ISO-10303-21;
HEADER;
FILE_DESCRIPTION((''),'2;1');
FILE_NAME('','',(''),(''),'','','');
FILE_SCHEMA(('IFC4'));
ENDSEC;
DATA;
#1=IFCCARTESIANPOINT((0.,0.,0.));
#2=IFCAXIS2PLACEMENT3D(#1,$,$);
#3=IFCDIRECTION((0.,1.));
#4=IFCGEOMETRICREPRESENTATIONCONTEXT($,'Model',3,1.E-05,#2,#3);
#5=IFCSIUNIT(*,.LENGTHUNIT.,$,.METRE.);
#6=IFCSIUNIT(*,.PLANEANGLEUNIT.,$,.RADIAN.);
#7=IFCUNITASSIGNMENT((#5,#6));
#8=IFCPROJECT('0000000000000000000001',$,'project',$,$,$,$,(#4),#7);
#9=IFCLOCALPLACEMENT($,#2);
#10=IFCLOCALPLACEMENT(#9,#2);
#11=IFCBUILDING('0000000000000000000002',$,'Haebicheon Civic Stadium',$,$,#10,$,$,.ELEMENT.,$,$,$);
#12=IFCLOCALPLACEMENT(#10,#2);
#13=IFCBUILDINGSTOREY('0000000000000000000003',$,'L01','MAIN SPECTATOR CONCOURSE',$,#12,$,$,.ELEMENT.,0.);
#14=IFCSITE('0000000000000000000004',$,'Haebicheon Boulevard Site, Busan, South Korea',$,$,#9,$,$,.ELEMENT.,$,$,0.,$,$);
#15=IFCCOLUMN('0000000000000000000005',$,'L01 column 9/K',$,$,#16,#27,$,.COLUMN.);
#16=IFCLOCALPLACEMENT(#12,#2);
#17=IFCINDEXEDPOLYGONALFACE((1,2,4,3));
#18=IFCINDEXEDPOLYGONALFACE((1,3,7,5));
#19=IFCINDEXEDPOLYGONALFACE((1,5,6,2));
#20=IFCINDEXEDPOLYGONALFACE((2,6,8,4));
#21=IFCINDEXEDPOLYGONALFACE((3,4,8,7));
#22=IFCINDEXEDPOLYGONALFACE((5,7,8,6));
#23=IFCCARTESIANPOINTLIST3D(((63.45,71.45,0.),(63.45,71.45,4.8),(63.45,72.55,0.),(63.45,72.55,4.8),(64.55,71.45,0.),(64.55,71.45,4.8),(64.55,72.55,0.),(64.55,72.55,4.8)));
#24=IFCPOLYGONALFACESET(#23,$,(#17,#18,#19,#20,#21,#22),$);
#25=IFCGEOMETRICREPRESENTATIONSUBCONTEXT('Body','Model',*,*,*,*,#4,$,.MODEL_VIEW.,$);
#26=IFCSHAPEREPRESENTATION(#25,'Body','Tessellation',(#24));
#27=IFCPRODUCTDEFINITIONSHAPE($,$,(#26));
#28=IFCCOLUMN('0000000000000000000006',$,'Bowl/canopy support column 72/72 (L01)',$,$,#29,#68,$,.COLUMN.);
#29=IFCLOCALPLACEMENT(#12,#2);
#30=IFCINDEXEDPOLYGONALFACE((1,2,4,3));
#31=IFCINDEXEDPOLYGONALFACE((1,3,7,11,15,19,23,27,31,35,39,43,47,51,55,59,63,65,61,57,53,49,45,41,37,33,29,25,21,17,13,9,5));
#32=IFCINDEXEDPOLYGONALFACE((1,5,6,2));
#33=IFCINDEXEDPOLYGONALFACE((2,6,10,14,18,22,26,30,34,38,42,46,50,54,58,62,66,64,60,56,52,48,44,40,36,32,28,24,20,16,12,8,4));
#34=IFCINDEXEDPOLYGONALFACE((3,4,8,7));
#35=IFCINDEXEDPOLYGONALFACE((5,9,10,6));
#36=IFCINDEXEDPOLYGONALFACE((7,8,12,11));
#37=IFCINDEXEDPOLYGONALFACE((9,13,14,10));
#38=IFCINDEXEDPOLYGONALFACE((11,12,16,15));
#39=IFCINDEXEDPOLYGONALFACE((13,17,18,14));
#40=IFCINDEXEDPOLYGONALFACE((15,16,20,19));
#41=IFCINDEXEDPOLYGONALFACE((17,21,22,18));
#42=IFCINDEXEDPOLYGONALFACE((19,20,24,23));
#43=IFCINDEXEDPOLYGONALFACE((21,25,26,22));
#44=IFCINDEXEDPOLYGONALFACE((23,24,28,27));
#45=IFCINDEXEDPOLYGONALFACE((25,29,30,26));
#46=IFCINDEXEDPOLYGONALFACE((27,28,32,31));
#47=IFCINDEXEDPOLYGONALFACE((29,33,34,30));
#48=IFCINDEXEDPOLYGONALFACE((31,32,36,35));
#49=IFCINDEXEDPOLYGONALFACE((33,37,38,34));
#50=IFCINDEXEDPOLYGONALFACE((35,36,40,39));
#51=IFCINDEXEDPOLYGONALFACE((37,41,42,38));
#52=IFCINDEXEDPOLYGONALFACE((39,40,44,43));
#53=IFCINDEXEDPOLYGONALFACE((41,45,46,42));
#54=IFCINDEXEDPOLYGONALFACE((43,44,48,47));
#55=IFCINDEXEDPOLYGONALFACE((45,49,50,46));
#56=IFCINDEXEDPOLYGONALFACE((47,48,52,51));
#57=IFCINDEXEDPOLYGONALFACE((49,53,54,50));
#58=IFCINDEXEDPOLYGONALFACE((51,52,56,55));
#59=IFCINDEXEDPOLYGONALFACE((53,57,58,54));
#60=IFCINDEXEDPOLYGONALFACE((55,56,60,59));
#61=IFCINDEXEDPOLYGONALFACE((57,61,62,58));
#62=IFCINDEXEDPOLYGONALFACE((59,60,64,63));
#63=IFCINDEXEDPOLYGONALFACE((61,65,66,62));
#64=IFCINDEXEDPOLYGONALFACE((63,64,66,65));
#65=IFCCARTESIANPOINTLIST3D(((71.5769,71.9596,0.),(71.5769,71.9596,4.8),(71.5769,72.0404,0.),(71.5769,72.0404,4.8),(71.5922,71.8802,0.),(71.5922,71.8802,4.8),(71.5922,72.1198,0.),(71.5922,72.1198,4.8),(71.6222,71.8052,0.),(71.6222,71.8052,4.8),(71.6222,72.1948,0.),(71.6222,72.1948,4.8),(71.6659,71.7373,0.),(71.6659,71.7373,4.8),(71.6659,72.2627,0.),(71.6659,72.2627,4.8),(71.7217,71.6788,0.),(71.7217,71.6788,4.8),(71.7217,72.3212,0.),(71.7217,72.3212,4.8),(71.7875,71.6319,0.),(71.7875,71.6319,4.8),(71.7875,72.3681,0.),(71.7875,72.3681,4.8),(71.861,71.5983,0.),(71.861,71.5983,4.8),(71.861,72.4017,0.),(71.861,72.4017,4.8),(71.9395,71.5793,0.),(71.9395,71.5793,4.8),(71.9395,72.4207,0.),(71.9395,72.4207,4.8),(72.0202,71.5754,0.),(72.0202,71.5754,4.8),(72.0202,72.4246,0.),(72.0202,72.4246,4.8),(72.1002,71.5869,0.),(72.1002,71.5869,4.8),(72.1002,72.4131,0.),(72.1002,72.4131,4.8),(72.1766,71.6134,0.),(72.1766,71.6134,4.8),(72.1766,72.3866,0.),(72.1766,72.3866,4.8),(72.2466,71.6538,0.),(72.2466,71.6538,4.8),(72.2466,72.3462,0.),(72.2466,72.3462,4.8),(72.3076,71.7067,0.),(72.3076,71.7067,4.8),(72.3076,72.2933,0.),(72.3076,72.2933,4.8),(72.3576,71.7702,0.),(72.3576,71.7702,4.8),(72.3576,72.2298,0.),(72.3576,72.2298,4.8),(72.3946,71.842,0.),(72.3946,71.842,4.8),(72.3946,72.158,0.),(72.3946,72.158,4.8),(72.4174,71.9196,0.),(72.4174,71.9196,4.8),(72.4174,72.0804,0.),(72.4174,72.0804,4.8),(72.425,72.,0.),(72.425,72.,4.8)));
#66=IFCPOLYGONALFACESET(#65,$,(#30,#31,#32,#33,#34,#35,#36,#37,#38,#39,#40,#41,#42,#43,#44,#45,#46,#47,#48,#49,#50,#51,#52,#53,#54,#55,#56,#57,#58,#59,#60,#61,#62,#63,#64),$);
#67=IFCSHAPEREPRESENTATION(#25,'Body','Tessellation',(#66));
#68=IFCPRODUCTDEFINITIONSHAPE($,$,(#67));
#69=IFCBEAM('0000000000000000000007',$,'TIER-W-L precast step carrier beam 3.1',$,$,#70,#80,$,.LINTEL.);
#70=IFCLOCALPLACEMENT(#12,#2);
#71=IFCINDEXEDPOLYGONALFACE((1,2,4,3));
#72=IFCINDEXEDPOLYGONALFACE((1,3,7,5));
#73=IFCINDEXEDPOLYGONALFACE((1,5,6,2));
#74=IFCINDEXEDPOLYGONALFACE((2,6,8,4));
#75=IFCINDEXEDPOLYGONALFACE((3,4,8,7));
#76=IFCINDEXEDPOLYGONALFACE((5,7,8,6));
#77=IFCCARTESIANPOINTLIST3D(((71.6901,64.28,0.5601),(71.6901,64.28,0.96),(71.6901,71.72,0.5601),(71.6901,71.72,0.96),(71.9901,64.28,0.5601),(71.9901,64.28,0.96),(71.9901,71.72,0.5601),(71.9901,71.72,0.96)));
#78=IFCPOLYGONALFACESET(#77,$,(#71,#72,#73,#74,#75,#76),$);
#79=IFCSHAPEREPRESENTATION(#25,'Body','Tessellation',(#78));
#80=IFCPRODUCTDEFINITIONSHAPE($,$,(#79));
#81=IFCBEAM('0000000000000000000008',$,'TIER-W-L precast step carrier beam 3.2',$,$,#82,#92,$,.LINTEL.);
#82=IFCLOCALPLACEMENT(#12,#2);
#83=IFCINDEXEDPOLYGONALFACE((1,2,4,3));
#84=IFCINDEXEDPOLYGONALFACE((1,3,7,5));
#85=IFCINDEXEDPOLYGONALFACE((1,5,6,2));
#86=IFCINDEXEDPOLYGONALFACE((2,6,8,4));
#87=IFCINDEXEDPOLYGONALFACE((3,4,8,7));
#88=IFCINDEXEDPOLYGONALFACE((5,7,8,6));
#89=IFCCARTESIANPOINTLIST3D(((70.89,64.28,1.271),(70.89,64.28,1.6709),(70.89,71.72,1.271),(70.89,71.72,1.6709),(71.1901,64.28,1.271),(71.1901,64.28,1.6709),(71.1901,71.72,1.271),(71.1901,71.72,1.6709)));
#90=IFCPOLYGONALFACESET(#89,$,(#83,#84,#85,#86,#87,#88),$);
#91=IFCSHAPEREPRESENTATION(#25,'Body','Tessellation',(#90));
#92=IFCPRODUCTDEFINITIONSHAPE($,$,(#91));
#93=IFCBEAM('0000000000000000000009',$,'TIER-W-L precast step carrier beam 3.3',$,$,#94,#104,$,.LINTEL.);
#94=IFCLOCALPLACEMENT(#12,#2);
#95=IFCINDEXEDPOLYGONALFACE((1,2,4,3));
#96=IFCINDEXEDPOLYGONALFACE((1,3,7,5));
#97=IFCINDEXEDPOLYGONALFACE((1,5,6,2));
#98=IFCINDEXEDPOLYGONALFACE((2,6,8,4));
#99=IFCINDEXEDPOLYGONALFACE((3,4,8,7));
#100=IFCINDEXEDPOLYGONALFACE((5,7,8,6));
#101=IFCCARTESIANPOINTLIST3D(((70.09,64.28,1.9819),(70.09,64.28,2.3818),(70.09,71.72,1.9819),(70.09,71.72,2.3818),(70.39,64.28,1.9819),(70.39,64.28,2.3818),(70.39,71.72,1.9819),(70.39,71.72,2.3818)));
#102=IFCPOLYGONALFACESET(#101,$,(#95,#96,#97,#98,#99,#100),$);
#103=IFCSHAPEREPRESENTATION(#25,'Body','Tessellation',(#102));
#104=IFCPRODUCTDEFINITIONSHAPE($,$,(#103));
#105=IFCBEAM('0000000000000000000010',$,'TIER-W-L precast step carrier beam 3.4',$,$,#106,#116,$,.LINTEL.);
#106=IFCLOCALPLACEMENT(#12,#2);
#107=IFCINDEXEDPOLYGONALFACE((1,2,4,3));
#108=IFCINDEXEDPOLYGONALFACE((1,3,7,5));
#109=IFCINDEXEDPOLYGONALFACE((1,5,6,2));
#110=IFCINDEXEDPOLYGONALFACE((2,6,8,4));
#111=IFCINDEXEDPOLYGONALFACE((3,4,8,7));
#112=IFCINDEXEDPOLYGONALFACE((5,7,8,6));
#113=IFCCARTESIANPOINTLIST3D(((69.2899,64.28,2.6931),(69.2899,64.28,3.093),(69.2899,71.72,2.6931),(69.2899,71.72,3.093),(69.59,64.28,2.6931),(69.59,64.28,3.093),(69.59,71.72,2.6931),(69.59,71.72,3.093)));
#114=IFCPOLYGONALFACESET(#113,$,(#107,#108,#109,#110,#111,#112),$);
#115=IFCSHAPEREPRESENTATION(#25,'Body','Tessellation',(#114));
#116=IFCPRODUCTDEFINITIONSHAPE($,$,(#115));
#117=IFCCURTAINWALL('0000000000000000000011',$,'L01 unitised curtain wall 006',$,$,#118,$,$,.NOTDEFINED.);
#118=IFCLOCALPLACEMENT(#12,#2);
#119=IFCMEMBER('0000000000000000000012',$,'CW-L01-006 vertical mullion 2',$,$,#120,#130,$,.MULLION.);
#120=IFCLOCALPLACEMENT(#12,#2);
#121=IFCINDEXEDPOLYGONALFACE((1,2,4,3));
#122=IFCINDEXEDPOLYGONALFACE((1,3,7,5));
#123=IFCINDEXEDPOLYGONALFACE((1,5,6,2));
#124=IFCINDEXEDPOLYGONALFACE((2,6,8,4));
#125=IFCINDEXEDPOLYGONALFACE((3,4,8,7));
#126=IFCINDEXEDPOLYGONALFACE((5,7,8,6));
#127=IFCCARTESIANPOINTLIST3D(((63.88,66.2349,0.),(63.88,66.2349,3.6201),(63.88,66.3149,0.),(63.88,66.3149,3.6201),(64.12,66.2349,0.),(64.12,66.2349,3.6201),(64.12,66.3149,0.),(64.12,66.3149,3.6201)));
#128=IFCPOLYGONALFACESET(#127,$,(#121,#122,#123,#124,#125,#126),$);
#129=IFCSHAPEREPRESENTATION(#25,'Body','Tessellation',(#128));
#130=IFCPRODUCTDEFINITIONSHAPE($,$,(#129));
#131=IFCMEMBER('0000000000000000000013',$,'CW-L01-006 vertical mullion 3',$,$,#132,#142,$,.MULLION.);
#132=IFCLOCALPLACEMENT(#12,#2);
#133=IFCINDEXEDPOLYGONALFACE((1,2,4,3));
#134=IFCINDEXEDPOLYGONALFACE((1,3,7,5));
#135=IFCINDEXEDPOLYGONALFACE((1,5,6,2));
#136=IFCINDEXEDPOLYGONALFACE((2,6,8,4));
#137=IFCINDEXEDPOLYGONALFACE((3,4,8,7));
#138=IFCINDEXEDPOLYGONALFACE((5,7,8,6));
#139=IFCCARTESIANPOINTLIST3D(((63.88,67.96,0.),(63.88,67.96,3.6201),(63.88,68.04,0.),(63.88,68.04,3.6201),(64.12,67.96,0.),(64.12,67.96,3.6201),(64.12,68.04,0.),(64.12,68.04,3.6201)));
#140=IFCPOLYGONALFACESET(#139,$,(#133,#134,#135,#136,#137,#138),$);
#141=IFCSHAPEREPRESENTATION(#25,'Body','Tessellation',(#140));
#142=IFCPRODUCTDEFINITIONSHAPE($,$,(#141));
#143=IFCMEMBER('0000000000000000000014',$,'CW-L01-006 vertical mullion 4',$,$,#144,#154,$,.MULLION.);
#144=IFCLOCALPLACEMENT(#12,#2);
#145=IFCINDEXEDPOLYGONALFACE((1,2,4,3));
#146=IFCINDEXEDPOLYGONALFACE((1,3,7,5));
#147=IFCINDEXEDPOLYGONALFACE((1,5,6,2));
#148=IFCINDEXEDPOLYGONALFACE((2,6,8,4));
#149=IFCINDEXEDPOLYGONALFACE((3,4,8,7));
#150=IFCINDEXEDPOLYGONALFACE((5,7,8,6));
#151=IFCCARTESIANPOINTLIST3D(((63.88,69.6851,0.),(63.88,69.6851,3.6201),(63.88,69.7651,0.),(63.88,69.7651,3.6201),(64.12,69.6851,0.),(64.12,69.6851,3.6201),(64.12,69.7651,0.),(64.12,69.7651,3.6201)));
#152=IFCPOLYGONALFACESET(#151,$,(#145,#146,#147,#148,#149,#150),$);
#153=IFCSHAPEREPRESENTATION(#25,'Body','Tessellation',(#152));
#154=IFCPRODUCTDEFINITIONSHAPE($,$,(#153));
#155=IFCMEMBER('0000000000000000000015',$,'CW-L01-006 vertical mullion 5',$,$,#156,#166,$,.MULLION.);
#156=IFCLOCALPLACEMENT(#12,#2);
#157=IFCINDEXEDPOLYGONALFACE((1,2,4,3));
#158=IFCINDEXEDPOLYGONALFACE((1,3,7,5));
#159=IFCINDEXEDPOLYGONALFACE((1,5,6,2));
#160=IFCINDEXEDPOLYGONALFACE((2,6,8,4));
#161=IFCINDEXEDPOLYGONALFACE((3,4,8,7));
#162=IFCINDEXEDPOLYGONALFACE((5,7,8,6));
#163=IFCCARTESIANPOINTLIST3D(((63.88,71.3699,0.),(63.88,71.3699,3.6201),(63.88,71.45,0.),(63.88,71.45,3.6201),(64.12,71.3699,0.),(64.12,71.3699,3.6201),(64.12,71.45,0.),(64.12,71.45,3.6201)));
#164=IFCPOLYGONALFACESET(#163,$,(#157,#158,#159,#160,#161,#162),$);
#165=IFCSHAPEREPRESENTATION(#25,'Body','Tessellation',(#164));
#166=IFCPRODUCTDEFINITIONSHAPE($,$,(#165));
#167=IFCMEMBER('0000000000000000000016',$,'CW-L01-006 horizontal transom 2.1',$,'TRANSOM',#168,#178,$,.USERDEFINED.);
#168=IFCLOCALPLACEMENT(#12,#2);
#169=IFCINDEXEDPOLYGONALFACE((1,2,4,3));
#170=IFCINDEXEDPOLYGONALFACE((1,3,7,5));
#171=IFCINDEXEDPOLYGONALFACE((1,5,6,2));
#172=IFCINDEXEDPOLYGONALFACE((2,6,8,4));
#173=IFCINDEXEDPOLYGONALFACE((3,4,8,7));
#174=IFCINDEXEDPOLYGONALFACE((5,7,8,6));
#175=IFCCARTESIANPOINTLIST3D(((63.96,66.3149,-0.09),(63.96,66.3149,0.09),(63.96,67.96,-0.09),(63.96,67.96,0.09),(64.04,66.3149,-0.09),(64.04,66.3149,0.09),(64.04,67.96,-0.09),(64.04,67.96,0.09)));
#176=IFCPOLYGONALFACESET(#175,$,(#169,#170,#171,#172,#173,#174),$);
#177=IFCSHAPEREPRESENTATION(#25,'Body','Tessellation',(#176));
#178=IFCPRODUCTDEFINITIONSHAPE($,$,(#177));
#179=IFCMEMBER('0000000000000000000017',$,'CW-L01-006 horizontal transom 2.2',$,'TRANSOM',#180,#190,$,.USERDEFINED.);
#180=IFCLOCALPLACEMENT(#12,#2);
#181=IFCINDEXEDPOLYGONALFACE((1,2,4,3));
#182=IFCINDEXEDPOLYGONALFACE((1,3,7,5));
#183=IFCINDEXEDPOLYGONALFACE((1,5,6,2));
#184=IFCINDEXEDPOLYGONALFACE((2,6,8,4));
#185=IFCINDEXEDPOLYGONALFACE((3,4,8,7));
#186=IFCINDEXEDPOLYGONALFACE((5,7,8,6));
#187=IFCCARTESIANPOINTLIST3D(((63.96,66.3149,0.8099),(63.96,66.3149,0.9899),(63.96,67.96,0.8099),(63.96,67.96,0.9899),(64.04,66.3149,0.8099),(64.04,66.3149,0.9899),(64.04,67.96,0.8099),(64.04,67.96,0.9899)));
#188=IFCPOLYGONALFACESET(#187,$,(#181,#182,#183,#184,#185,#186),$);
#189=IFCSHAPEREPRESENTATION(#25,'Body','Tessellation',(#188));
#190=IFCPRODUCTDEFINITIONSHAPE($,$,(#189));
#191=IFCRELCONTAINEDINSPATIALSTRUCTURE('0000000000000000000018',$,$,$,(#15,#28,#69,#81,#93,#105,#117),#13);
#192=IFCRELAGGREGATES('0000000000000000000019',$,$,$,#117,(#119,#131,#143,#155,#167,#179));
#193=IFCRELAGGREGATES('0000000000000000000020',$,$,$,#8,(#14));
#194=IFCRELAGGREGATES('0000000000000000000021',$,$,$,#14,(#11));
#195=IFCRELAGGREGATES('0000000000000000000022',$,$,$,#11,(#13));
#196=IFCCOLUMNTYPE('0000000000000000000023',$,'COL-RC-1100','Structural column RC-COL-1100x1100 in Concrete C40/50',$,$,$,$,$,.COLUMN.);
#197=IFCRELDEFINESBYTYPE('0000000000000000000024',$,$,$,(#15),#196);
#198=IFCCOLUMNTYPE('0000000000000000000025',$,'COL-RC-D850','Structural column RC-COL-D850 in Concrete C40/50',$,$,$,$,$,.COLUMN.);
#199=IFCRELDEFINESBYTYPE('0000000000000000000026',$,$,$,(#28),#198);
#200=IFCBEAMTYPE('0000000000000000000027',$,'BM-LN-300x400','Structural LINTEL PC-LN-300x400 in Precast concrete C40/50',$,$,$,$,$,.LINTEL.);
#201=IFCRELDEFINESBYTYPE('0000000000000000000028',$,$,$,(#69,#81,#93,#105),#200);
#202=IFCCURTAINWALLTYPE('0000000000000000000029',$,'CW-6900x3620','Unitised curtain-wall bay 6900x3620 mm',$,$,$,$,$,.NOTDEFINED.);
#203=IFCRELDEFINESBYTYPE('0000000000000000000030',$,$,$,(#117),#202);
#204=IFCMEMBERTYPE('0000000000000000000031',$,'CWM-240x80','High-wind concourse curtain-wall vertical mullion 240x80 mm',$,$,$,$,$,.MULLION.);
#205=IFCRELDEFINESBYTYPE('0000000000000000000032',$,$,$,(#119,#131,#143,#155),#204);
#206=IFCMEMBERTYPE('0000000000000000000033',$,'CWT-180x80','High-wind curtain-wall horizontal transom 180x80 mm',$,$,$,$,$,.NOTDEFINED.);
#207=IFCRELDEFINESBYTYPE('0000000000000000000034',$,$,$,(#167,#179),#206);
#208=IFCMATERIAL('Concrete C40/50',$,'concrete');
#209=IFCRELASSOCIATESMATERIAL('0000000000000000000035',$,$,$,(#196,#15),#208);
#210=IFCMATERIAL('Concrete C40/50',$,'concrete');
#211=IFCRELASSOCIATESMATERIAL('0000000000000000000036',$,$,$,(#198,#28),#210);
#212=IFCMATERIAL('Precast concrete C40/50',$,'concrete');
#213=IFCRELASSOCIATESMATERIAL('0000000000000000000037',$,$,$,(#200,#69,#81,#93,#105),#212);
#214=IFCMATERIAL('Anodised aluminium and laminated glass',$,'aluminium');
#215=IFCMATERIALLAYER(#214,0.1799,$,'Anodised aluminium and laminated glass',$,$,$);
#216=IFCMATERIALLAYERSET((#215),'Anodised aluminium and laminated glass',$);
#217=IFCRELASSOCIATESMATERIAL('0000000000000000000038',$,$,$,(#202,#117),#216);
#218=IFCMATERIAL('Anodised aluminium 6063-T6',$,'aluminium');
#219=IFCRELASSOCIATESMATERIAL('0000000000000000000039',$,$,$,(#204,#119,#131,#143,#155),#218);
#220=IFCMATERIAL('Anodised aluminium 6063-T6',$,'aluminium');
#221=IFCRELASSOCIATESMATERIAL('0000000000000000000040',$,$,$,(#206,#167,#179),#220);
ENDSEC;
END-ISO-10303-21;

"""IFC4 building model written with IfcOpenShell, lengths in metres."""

from ifc_helpers import new_model, si_unit, direction, frame, origin, origin_2d, place, context, subcontext, project, spatial, rectangle, circle, extrude, material, layer, layer_set, material_profile, profile_set, type_object, element, aggregate, save


model = new_model("IFC4")

# Units and contexts
model_context = context("Model", 3, precision=1e-05, world=origin(), true_north=direction((0.0, 1.0)))
body_context = subcontext(model_context, "Body", "Model", "MODEL_VIEW")
ifc_project = project(units=[si_unit("LENGTHUNIT", "METRE"), si_unit("PLANEANGLEUNIT", "RADIAN")], contexts=[model_context])

# Site, building, storey
site_placement = place(None, origin())
site = spatial("IfcSite", under=ifc_project, at=site_placement, Name="Haebicheon Boulevard Site, Busan, South Korea", CompositionType="ELEMENT", RefElevation=0.0)
building_placement = place(site_placement, origin())
building = spatial("IfcBuilding", under=site, at=building_placement, Name="Haebicheon Civic Stadium", CompositionType="ELEMENT")
storey_placement = place(building_placement, origin())
storey = spatial("IfcBuildingStorey", under=building, at=storey_placement, Name="L01", Description="MAIN SPECTATOR CONCOURSE", CompositionType="ELEMENT", Elevation=0.0)

# Columns
ifc_material_1 = material(Name="Concrete C40/50", Category="concrete")
ifc_material_profile_1 = material_profile(ifc_material_1, rectangle(XDim=1.1001, YDim=1.1001, at=origin_2d()), Name="RC-COL-1100x1100")
ifc_profile_set_1 = profile_set([ifc_material_profile_1], Name="Concrete C40/50")
column_type_1 = type_object("IfcColumnType", Name="COL-RC-1100", Description="Structural column RC-COL-1100x1100 in Concrete C40/50", PredefinedType="COLUMN", material=ifc_profile_set_1)
column_1_placement = place(storey_placement, frame((64.0, 72.0, 0.0), z_axis=(0.0, 0.0, 1.0), x_axis=(1.0, 0.0, 0.0)))
element("IfcColumn", 1, at=column_1_placement, inside=storey, type_object=column_type_1, material=ifc_profile_set_1, Name="L01 column 9/K", PredefinedType="COLUMN", context=body_context, shape_type="SweptSolid", body=[
    extrude(rectangle(XDim=1.1001, YDim=1.1001, at=origin_2d()), origin(), (0.0, 0.0, 1.0), 4.8),
])
ifc_material_2 = material(Name="Concrete C40/50", Category="concrete")
ifc_material_profile_2 = material_profile(ifc_material_2, circle(Radius=0.425, at=origin_2d()), Name="RC-COL-D850")
ifc_profile_set_2 = profile_set([ifc_material_profile_2], Name="Concrete C40/50")
column_type_2 = type_object("IfcColumnType", Name="COL-RC-D850", Description="Structural column RC-COL-D850 in Concrete C40/50", PredefinedType="COLUMN", material=ifc_profile_set_2)
column_2_placement = place(storey_placement, frame((72.0, 72.0, 0.0), z_axis=(0.0, 0.0, 1.0), x_axis=(1.0, 0.0, 0.0)))
element("IfcColumn", 2, at=column_2_placement, inside=storey, type_object=column_type_2, material=ifc_profile_set_2, Name="Bowl/canopy support column 72/72 (L01)", PredefinedType="COLUMN", context=body_context, shape_type="SweptSolid", body=[
    extrude(circle(Radius=0.425, at=origin_2d()), origin(), (0.0, 0.0, 1.0), 4.8),
])

# Beams
ifc_material_3 = material(Name="Precast concrete C40/50", Category="concrete")
ifc_material_profile_3 = material_profile(ifc_material_3, rectangle(XDim=0.3, YDim=0.3999, at=origin_2d()), Name="PC-LN-300x400")
ifc_profile_set_3 = profile_set([ifc_material_profile_3], Name="Precast concrete C40/50")
beam_type_1 = type_object("IfcBeamType", Name="BM-LN-300x400", Description="Structural LINTEL PC-LN-300x400 in Precast concrete C40/50", PredefinedType="LINTEL", material=ifc_profile_set_3)
for number, where, z_axis, x_axis, name in (
    (3, (71.8401, 64.28, 0.76), (0.0, 1.0, 0.0), (-1.0, 0.0, 0.0), "TIER-W-L precast step carrier beam 3.1"),
    (4, (71.04, 64.28, 1.4709), (0.0, 1.0, 0.0), (-1.0, 0.0, 0.0), "TIER-W-L precast step carrier beam 3.2"),
    (5, (70.24, 64.28, 2.1819), (0.0, 1.0, 0.0), (-1.0, 0.0, 0.0), "TIER-W-L precast step carrier beam 3.3"),
    (6, (69.4399, 64.28, 2.8931), (0.0, 1.0, 0.0), (-1.0, 0.0, 0.0), "TIER-W-L precast step carrier beam 3.4"),
):
    element("IfcBeam", number, at=place(storey_placement, frame(where, z_axis=z_axis, x_axis=x_axis)), inside=storey, type_object=beam_type_1, material=ifc_profile_set_3, Name=name, PredefinedType="LINTEL", context=body_context, shape_type="SweptSolid", body=[
        extrude(rectangle(XDim=0.3, YDim=0.3999, at=origin_2d()), origin(), (0.0, 0.0, 1.0), 7.4399),
    ])

# Curtain wall, members
ifc_material_4 = material(Name="Anodised aluminium and laminated glass", Category="aluminium")
ifc_layer_1 = layer(ifc_material_4, 0.1799, Name="Anodised aluminium and laminated glass")
ifc_layer_set_1 = layer_set([ifc_layer_1], Name="Anodised aluminium and laminated glass")
curtain_wall_type = type_object("IfcCurtainWallType", Name="CW-6900x3620", Description="Unitised curtain-wall bay 6900x3620 mm", PredefinedType="NOTDEFINED", material=ifc_layer_set_1)
curtain_wall_placement = place(storey_placement, origin())
curtain_wall = element("IfcCurtainWall", 7, at=curtain_wall_placement, inside=storey, type_object=curtain_wall_type, material=ifc_layer_set_1, Name="L01 unitised curtain wall 006", PredefinedType="NOTDEFINED")
ifc_material_5 = material(Name="Anodised aluminium 6063-T6", Category="aluminium")
ifc_material_profile_4 = material_profile(ifc_material_5, rectangle(XDim=0.0801, YDim=0.24, at=origin_2d()), Name="ALU-MULL-80x240")
ifc_profile_set_4 = profile_set([ifc_material_profile_4], Name="Anodised aluminium 6063-T6")
member_type_1 = type_object("IfcMemberType", Name="CWM-240x80", Description="High-wind concourse curtain-wall vertical mullion 240x80 mm", PredefinedType="MULLION", material=ifc_profile_set_4)
member_1_placement = place(storey_placement, frame((64.0, 66.2749, 0.0), z_axis=(0.0, 0.0, 1.0), x_axis=(0.0, 1.0, 0.0)))
member_1 = element("IfcMember", 8, at=member_1_placement, type_object=member_type_1, material=ifc_profile_set_4, Name="CW-L01-006 vertical mullion 2", PredefinedType="MULLION", context=body_context, shape_type="SweptSolid", body=[
    extrude(rectangle(XDim=0.0801, YDim=0.24, at=origin_2d()), origin(), (0.0, 0.0, 1.0), 3.6201),
])
member_2_placement = place(storey_placement, frame((64.0, 68.0, 0.0), z_axis=(0.0, 0.0, 1.0), x_axis=(0.0, 1.0, 0.0)))
member_2 = element("IfcMember", 9, at=member_2_placement, type_object=member_type_1, material=ifc_profile_set_4, Name="CW-L01-006 vertical mullion 3", PredefinedType="MULLION", context=body_context, shape_type="SweptSolid", body=[
    extrude(rectangle(XDim=0.0801, YDim=0.24, at=origin_2d()), origin(), (0.0, 0.0, 1.0), 3.6201),
])
member_3_placement = place(storey_placement, frame((64.0, 69.7251, 0.0), z_axis=(0.0, 0.0, 1.0), x_axis=(0.0, 1.0, 0.0)))
member_3 = element("IfcMember", 10, at=member_3_placement, type_object=member_type_1, material=ifc_profile_set_4, Name="CW-L01-006 vertical mullion 4", PredefinedType="MULLION", context=body_context, shape_type="SweptSolid", body=[
    extrude(rectangle(XDim=0.0801, YDim=0.24, at=origin_2d()), origin(), (0.0, 0.0, 1.0), 3.6201),
])
member_4_placement = place(storey_placement, frame((64.0, 71.4099, 0.0), z_axis=(0.0, 0.0, 1.0), x_axis=(0.0, 1.0, 0.0)))
member_4 = element("IfcMember", 11, at=member_4_placement, type_object=member_type_1, material=ifc_profile_set_4, Name="CW-L01-006 vertical mullion 5", PredefinedType="MULLION", context=body_context, shape_type="SweptSolid", body=[
    extrude(rectangle(XDim=0.0801, YDim=0.24, at=origin_2d()), origin(), (0.0, 0.0, 1.0), 3.6201),
])
ifc_material_6 = material(Name="Anodised aluminium 6063-T6", Category="aluminium")
ifc_material_profile_5 = material_profile(ifc_material_6, rectangle(XDim=0.0801, YDim=0.1799, at=origin_2d()), Name="ALU-TRAN-80x180")
ifc_profile_set_5 = profile_set([ifc_material_profile_5], Name="Anodised aluminium 6063-T6")
member_type_2 = type_object("IfcMemberType", Name="CWT-180x80", Description="High-wind curtain-wall horizontal transom 180x80 mm", PredefinedType="NOTDEFINED", material=ifc_profile_set_5)
member_5_placement = place(storey_placement, frame((64.0, 66.3149, 0.0), z_axis=(0.0, 1.0, 0.0), x_axis=(-1.0, 0.0, 0.0)))
member_5 = element("IfcMember", 12, at=member_5_placement, type_object=member_type_2, material=ifc_profile_set_5, Name="CW-L01-006 horizontal transom 2.1", ObjectType="TRANSOM", PredefinedType="USERDEFINED", context=body_context, shape_type="SweptSolid", body=[
    extrude(rectangle(XDim=0.0801, YDim=0.1799, at=origin_2d()), origin(), (0.0, 0.0, 1.0), 1.645),
])
member_6_placement = place(storey_placement, frame((64.0, 66.3149, 0.8999), z_axis=(0.0, 1.0, 0.0), x_axis=(-1.0, 0.0, 0.0)))
member_6 = element("IfcMember", 13, at=member_6_placement, type_object=member_type_2, material=ifc_profile_set_5, Name="CW-L01-006 horizontal transom 2.2", ObjectType="TRANSOM", PredefinedType="USERDEFINED", context=body_context, shape_type="SweptSolid", body=[
    extrude(rectangle(XDim=0.0801, YDim=0.1799, at=origin_2d()), origin(), (0.0, 0.0, 1.0), 1.645),
])

aggregate(curtain_wall, [member_1, member_2, member_3, member_4, member_5, member_6])

save(model, "model.ifc")
